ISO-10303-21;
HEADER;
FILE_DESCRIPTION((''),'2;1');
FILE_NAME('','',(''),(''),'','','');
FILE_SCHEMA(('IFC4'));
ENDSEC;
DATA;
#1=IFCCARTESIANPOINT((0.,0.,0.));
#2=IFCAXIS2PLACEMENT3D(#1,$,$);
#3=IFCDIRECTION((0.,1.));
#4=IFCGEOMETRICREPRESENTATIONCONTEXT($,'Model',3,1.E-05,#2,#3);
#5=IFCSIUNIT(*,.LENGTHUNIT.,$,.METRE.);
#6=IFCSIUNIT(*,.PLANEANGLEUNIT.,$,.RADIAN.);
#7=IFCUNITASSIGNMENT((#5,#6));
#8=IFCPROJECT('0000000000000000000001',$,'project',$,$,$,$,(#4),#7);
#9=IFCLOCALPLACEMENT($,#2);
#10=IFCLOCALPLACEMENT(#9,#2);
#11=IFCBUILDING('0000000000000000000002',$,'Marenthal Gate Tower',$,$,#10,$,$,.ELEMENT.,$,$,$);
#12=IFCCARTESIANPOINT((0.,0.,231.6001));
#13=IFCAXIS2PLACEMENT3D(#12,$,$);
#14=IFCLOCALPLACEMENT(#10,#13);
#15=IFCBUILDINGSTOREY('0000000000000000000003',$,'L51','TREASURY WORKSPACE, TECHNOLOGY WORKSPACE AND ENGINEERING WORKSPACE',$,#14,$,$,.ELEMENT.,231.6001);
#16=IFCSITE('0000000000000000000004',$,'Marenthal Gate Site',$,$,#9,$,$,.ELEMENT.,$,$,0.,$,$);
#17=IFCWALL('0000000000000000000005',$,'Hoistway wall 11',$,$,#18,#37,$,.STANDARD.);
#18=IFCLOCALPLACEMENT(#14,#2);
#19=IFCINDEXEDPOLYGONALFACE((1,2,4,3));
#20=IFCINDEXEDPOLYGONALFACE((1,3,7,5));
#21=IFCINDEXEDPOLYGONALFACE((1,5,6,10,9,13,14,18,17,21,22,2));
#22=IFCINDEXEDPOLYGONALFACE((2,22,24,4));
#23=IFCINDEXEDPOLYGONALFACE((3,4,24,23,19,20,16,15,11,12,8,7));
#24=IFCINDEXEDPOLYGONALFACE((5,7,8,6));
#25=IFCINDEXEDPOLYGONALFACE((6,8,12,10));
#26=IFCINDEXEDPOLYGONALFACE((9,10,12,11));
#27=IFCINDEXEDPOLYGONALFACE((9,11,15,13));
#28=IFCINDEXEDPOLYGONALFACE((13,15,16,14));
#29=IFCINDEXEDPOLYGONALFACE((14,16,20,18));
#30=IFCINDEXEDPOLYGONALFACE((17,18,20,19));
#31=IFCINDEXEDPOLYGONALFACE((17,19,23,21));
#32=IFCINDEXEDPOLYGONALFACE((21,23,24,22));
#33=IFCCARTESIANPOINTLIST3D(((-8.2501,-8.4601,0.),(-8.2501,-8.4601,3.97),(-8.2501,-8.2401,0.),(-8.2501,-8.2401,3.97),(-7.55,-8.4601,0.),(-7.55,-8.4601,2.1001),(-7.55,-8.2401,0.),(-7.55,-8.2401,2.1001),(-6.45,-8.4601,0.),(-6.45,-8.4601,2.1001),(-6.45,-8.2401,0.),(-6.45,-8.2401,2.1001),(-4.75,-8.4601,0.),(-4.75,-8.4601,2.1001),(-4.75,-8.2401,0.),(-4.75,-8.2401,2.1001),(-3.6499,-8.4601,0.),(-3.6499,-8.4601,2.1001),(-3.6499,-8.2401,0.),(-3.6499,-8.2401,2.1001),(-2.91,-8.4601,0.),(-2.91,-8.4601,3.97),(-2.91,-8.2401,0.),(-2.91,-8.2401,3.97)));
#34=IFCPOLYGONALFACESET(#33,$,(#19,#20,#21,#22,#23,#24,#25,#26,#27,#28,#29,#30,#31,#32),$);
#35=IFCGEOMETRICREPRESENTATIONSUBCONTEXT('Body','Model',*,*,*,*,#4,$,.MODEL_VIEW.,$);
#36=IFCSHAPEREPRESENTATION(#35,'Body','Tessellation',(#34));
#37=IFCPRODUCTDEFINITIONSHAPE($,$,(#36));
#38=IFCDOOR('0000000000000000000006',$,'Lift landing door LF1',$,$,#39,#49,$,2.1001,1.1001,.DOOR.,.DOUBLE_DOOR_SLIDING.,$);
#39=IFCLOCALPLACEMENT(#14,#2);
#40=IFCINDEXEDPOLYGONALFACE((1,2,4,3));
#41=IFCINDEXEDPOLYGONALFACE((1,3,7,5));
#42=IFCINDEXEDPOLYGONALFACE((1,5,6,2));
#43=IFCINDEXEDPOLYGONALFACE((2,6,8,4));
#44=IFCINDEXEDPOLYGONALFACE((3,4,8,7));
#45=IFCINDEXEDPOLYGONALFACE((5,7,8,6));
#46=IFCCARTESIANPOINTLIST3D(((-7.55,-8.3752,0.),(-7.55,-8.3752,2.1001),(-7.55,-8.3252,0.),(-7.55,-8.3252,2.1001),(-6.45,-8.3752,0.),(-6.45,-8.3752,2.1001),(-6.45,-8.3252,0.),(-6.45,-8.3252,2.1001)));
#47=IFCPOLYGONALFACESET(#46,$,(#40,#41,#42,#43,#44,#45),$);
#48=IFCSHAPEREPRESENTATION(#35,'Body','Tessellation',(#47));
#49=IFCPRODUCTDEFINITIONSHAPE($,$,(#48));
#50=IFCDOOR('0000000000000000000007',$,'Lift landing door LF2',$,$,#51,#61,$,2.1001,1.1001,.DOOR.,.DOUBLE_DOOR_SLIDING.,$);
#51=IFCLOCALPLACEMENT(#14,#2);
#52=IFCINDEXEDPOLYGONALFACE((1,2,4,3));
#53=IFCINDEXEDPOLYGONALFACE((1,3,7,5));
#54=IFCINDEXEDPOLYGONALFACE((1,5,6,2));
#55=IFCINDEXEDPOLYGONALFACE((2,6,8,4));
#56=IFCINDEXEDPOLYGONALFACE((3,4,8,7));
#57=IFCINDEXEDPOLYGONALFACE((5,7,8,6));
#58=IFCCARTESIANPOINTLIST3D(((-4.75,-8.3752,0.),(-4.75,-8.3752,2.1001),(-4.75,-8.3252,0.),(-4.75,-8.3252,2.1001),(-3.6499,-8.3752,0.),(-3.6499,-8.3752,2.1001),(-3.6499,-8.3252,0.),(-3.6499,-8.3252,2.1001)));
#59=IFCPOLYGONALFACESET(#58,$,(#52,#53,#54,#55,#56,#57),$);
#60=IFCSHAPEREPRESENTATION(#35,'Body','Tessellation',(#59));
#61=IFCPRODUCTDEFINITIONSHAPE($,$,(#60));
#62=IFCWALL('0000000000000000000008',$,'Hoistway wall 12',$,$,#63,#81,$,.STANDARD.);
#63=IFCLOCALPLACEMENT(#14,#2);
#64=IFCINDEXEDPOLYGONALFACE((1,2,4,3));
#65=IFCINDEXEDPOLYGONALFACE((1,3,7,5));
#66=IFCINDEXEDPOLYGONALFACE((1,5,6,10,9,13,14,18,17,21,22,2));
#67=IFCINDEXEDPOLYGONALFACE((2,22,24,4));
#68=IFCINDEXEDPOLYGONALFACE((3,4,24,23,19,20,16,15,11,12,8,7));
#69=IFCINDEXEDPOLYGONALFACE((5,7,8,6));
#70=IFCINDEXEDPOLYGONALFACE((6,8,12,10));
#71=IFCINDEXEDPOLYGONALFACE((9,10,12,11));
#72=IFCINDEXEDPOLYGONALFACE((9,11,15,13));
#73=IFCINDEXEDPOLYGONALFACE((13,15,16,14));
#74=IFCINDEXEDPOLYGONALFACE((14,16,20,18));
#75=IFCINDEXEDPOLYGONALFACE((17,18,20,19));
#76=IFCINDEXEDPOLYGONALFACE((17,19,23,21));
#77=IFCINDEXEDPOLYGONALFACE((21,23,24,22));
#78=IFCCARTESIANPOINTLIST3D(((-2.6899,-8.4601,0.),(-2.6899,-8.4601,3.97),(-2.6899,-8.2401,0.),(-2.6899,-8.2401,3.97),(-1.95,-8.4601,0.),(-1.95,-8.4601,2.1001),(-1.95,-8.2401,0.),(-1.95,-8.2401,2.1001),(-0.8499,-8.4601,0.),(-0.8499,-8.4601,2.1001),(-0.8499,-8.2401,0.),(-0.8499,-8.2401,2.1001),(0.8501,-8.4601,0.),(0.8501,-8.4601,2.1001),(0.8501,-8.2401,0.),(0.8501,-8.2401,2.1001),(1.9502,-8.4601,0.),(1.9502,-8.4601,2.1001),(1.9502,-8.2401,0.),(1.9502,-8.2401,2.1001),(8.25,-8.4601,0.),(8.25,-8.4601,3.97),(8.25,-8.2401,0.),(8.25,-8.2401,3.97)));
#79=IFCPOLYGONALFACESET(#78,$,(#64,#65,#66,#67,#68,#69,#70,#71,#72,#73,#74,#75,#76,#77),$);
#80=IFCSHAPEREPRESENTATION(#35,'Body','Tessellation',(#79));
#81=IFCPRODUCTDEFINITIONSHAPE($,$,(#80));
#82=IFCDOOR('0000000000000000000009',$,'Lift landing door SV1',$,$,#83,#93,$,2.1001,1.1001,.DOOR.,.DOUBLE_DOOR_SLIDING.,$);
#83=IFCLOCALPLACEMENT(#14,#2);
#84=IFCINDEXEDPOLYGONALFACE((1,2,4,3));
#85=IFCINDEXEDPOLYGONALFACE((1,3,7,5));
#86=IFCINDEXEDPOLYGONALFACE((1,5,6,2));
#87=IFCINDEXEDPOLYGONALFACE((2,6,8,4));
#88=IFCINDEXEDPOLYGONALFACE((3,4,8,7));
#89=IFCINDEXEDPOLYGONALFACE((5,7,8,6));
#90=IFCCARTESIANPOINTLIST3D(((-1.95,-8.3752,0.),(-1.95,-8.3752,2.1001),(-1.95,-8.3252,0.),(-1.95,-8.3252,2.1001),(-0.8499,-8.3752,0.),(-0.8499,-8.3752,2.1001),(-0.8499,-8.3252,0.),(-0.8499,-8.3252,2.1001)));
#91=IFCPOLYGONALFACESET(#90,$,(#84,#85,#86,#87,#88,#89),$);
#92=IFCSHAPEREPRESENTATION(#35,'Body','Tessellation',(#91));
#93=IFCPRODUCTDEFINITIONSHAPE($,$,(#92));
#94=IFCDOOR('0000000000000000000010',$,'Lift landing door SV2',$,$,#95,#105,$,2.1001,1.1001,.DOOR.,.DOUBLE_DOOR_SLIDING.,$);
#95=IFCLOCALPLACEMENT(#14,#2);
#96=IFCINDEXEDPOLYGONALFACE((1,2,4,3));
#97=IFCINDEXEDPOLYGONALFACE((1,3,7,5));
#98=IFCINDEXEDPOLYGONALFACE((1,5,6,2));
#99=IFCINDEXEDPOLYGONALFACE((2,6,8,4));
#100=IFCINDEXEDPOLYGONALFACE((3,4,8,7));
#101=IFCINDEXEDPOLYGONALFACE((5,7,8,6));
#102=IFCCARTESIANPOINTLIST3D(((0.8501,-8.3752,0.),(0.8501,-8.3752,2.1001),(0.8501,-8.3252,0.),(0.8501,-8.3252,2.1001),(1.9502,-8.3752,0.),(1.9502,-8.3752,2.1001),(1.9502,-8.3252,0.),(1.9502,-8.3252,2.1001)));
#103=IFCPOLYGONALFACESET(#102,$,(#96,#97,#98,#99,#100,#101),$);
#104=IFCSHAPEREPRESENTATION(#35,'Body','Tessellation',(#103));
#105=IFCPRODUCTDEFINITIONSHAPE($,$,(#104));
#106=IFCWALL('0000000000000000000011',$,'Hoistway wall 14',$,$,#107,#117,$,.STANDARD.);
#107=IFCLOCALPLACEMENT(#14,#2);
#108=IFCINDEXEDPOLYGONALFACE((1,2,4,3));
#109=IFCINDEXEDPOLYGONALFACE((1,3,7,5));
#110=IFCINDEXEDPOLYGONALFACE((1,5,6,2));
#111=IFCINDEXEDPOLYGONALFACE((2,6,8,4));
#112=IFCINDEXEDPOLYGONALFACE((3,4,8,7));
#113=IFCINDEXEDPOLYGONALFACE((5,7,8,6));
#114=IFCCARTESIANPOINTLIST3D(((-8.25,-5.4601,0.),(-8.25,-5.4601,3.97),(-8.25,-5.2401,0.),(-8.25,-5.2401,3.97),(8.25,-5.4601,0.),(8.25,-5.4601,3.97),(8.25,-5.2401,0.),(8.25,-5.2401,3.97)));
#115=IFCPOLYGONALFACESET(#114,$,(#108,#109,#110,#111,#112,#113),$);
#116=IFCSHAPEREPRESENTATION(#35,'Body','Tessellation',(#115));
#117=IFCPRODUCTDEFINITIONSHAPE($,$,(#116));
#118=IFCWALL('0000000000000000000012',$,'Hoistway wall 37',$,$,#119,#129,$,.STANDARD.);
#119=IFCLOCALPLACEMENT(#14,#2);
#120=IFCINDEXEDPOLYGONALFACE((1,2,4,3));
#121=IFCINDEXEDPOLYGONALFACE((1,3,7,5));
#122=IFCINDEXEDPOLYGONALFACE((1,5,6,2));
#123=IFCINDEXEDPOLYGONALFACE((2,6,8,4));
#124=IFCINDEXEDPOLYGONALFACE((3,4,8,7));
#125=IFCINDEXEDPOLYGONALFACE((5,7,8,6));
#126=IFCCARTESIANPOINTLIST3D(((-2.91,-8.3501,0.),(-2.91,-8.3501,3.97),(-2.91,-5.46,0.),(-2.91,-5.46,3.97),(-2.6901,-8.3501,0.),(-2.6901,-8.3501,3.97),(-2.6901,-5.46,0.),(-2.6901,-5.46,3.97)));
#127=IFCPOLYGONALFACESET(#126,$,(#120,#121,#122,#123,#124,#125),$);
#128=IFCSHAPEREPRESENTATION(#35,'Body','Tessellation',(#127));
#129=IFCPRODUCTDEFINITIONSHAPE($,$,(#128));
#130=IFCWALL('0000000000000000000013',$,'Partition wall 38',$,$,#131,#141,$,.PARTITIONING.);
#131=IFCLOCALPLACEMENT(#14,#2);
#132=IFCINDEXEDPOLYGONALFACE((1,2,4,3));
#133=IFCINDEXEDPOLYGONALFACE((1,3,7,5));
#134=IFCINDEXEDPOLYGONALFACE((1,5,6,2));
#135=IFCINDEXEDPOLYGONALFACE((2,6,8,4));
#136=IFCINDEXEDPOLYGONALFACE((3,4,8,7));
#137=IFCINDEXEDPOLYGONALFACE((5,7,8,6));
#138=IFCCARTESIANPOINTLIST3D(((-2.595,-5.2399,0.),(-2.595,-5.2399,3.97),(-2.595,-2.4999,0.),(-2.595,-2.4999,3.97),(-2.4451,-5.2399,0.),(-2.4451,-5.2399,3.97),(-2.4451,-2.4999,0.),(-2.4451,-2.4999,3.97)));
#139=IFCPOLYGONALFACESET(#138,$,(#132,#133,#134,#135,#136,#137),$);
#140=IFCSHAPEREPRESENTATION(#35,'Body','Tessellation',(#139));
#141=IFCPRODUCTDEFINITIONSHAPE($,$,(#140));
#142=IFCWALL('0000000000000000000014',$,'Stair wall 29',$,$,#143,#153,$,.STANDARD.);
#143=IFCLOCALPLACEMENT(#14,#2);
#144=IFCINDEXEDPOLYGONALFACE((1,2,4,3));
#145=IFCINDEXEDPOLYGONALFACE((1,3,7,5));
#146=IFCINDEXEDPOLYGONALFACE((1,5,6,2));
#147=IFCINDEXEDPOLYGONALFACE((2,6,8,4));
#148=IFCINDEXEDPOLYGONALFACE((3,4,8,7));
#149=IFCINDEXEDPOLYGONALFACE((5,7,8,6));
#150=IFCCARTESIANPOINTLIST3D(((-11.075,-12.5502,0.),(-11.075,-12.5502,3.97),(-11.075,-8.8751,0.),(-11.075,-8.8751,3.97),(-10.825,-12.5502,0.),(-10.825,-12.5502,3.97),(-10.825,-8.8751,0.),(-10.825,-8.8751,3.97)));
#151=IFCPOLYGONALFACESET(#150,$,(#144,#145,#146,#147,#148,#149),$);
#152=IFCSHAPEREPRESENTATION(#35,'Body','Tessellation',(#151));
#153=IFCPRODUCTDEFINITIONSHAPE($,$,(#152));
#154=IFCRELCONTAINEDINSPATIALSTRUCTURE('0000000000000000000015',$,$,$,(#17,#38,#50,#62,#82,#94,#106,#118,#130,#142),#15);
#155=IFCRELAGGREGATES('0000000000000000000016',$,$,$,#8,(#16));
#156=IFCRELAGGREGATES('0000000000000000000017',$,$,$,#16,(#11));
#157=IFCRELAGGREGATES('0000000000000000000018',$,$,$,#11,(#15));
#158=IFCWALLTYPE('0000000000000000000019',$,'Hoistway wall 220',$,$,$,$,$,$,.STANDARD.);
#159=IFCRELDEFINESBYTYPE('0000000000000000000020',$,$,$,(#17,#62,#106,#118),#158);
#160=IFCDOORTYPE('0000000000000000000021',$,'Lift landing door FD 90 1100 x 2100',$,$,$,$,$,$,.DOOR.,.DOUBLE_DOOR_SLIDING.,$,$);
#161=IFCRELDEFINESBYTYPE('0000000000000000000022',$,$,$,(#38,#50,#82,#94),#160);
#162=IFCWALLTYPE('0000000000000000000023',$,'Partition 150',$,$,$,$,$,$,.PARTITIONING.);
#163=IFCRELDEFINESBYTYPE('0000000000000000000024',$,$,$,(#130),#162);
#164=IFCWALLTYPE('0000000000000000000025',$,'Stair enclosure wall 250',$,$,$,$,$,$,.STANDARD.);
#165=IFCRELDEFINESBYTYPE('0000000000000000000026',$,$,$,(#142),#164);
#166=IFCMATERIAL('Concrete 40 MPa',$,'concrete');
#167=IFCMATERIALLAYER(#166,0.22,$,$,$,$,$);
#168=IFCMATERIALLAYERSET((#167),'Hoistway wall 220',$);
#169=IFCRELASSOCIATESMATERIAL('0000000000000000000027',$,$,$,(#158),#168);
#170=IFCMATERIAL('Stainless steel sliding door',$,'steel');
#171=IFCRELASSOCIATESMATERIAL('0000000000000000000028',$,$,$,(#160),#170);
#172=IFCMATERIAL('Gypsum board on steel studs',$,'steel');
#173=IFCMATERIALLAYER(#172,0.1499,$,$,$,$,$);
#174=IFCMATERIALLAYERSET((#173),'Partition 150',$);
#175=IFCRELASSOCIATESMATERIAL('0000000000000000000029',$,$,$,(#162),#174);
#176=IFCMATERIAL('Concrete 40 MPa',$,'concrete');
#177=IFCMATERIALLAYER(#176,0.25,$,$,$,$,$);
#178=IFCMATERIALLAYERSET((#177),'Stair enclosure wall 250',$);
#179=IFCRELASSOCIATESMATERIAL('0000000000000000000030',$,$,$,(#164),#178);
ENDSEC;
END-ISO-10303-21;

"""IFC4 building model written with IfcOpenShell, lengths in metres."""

from ifc_helpers import new_model, si_unit, direction, frame, frame_2d, origin, place, context, subcontext, project, spatial, rectangle, extrude, material, layer, layer_set, type_object, element, fill, save


model = new_model("IFC4")

# Units and contexts
model_context = context("Model", 3, precision=1e-05, world=origin(), true_north=direction((0.0, 1.0)))
body_context = subcontext(model_context, "Body", "Model", "MODEL_VIEW")
ifc_project = project(units=[si_unit("LENGTHUNIT", "METRE"), si_unit("PLANEANGLEUNIT", "RADIAN")], contexts=[model_context])

# Site, building, storey
site_placement = place(None, origin())
site = spatial("IfcSite", under=ifc_project, at=site_placement, Name="Marenthal Gate Site", CompositionType="ELEMENT", RefElevation=0.0)
building_placement = place(site_placement, origin())
building = spatial("IfcBuilding", under=site, at=building_placement, Name="Marenthal Gate Tower", CompositionType="ELEMENT")
storey_placement = place(building_placement, frame((0.0, 0.0, 231.6001)))
storey = spatial("IfcBuildingStorey", under=building, at=storey_placement, Name="L51", Description="TREASURY WORKSPACE, TECHNOLOGY WORKSPACE AND ENGINEERING WORKSPACE", CompositionType="ELEMENT", Elevation=231.6001)

# Walls, openings, doors
ifc_material_1 = material(Name="Concrete 40 MPa", Category="concrete")
ifc_layer_1 = layer(ifc_material_1, 0.22)
ifc_layer_set_1 = layer_set([ifc_layer_1], Name="Hoistway wall 220")
wall_type_1 = type_object("IfcWallType", Name="Hoistway wall 220", PredefinedType="STANDARD", material=ifc_layer_set_1)
wall_1_placement = place(storey_placement, frame((-8.25, -8.3501, 0.0), z_axis=(0.0, 0.0, 1.0), x_axis=(1.0, 0.0, 0.0)))
wall_1 = element("IfcWall", 1, at=wall_1_placement, inside=storey, type_object=wall_type_1, Name="Hoistway wall 11", PredefinedType="STANDARD", context=body_context, shape_type="SweptSolid", body=[
    extrude(rectangle(XDim=5.3401, YDim=0.22, at=frame_2d((2.6699, 0.0))), origin(), (0.0, 0.0, 1.0), 3.97),
])
opening_1_placement = place(wall_1_placement, frame((0.7, 0.0, 0.0)))
opening_1 = element("IfcOpeningElement", 2, at=opening_1_placement, cuts=wall_1, PredefinedType="OPENING", context=body_context, shape_type="SweptSolid", body=[
    extrude(rectangle(XDim=1.1001, YDim=2.1001, at=frame_2d((0.55, 1.05))), frame((0.0, 0.1201, 0.0), z_axis=(0.0, -1.0, 0.0), x_axis=(1.0, 0.0, 0.0)), (0.0, 0.0, 1.0), 0.24),
])
opening_2_placement = place(wall_1_placement, frame((3.5, 0.0, 0.0)))
opening_2 = element("IfcOpeningElement", 3, at=opening_2_placement, cuts=wall_1, PredefinedType="OPENING", context=body_context, shape_type="SweptSolid", body=[
    extrude(rectangle(XDim=1.1001, YDim=2.1001, at=frame_2d((0.55, 1.05))), frame((0.0, 0.1201, 0.0), z_axis=(0.0, -1.0, 0.0), x_axis=(1.0, 0.0, 0.0)), (0.0, 0.0, 1.0), 0.24),
])
ifc_material_2 = material(Name="Stainless steel sliding door", Category="steel")
door_type_1 = type_object("IfcDoorType", Name="Lift landing door FD 90 1100 x 2100", OperationType="DOUBLE_DOOR_SLIDING", PredefinedType="DOOR", material=ifc_material_2)
door_1_placement = place(opening_1_placement, origin())
door_1 = element("IfcDoor", 4, at=door_1_placement, inside=storey, type_object=door_type_1, Name="Lift landing door LF1", OperationType="DOUBLE_DOOR_SLIDING", OverallHeight=2.1001, OverallWidth=1.1001, PredefinedType="DOOR", context=body_context, shape_type="SweptSolid", body=[
    extrude(rectangle(XDim=1.1001, YDim=2.1001, at=frame_2d((0.55, 1.05))), frame((0.0, 0.0249, 0.0), z_axis=(0.0, -1.0, 0.0), x_axis=(1.0, 0.0, 0.0)), (0.0, 0.0, 1.0), 0.05),
])
fill(opening_1, door_1)
door_2_placement = place(opening_2_placement, origin())
door_2 = element("IfcDoor", 5, at=door_2_placement, inside=storey, type_object=door_type_1, Name="Lift landing door LF2", OperationType="DOUBLE_DOOR_SLIDING", OverallHeight=2.1001, OverallWidth=1.1001, PredefinedType="DOOR", context=body_context, shape_type="SweptSolid", body=[
    extrude(rectangle(XDim=1.1001, YDim=2.1001, at=frame_2d((0.55, 1.05))), frame((0.0, 0.0249, 0.0), z_axis=(0.0, -1.0, 0.0), x_axis=(1.0, 0.0, 0.0)), (0.0, 0.0, 1.0), 0.05),
])
fill(opening_2, door_2)
wall_2_placement = place(storey_placement, frame((-2.6899, -8.3501, 0.0), z_axis=(0.0, 0.0, 1.0), x_axis=(1.0, 0.0, 0.0)))
wall_2 = element("IfcWall", 6, at=wall_2_placement, inside=storey, type_object=wall_type_1, Name="Hoistway wall 12", PredefinedType="STANDARD", context=body_context, shape_type="SweptSolid", body=[
    extrude(rectangle(XDim=10.9399, YDim=0.22, at=frame_2d((5.47, 0.0))), origin(), (0.0, 0.0, 1.0), 3.97),
])
opening_3_placement = place(wall_2_placement, frame((0.74, 0.0, 0.0)))
opening_3 = element("IfcOpeningElement", 7, at=opening_3_placement, cuts=wall_2, PredefinedType="OPENING", context=body_context, shape_type="SweptSolid", body=[
    extrude(rectangle(XDim=1.1001, YDim=2.1001, at=frame_2d((0.55, 1.05))), frame((0.0, 0.1201, 0.0), z_axis=(0.0, -1.0, 0.0), x_axis=(1.0, 0.0, 0.0)), (0.0, 0.0, 1.0), 0.24),
])
opening_4_placement = place(wall_2_placement, frame((3.54, 0.0, 0.0)))
opening_4 = element("IfcOpeningElement", 8, at=opening_4_placement, cuts=wall_2, PredefinedType="OPENING", context=body_context, shape_type="SweptSolid", body=[
    extrude(rectangle(XDim=1.1001, YDim=2.1001, at=frame_2d((0.55, 1.05))), frame((0.0, 0.1201, 0.0), z_axis=(0.0, -1.0, 0.0), x_axis=(1.0, 0.0, 0.0)), (0.0, 0.0, 1.0), 0.24),
])
door_3_placement = place(opening_3_placement, origin())
door_3 = element("IfcDoor", 9, at=door_3_placement, inside=storey, type_object=door_type_1, Name="Lift landing door SV1", OperationType="DOUBLE_DOOR_SLIDING", OverallHeight=2.1001, OverallWidth=1.1001, PredefinedType="DOOR", context=body_context, shape_type="SweptSolid", body=[
    extrude(rectangle(XDim=1.1001, YDim=2.1001, at=frame_2d((0.55, 1.05))), frame((0.0, 0.0249, 0.0), z_axis=(0.0, -1.0, 0.0), x_axis=(1.0, 0.0, 0.0)), (0.0, 0.0, 1.0), 0.05),
])
fill(opening_3, door_3)
door_4_placement = place(opening_4_placement, origin())
door_4 = element("IfcDoor", 10, at=door_4_placement, inside=storey, type_object=door_type_1, Name="Lift landing door SV2", OperationType="DOUBLE_DOOR_SLIDING", OverallHeight=2.1001, OverallWidth=1.1001, PredefinedType="DOOR", context=body_context, shape_type="SweptSolid", body=[
    extrude(rectangle(XDim=1.1001, YDim=2.1001, at=frame_2d((0.55, 1.05))), frame((0.0, 0.0249, 0.0), z_axis=(0.0, -1.0, 0.0), x_axis=(1.0, 0.0, 0.0)), (0.0, 0.0, 1.0), 0.05),
])
fill(opening_4, door_4)

# Walls
wall_3_placement = place(storey_placement, frame((-8.25, -5.3501, 0.0), z_axis=(0.0, 0.0, 1.0), x_axis=(1.0, 0.0, 0.0)))
element("IfcWall", 11, at=wall_3_placement, inside=storey, type_object=wall_type_1, Name="Hoistway wall 14", PredefinedType="STANDARD", context=body_context, shape_type="SweptSolid", body=[
    extrude(rectangle(XDim=16.5, YDim=0.22, at=frame_2d((8.25, 0.0))), origin(), (0.0, 0.0, 1.0), 3.97),
])
wall_4_placement = place(storey_placement, frame((-2.8, -8.3501, 0.0), z_axis=(0.0, 0.0, 1.0), x_axis=(0.0, 1.0, 0.0)))
element("IfcWall", 12, at=wall_4_placement, inside=storey, type_object=wall_type_1, Name="Hoistway wall 37", PredefinedType="STANDARD", context=body_context, shape_type="SweptSolid", body=[
    extrude(rectangle(XDim=2.8901, YDim=0.22, at=frame_2d((1.4451, 0.0))), origin(), (0.0, 0.0, 1.0), 3.97),
])
ifc_material_3 = material(Name="Gypsum board on steel studs", Category="steel")
ifc_layer_2 = layer(ifc_material_3, 0.1499)
ifc_layer_set_2 = layer_set([ifc_layer_2], Name="Partition 150")
wall_type_2 = type_object("IfcWallType", Name="Partition 150", PredefinedType="PARTITIONING", material=ifc_layer_set_2)
wall_5_placement = place(storey_placement, frame((-2.52, -5.24, 0.0), z_axis=(0.0, 0.0, 1.0), x_axis=(0.0, 1.0, 0.0)))
element("IfcWall", 13, at=wall_5_placement, inside=storey, type_object=wall_type_2, Name="Partition wall 38", PredefinedType="PARTITIONING", context=body_context, shape_type="SweptSolid", body=[
    extrude(rectangle(XDim=2.74, YDim=0.1499, at=frame_2d((1.3701, 0.0))), origin(), (0.0, 0.0, 1.0), 3.97),
])
ifc_material_4 = material(Name="Concrete 40 MPa", Category="concrete")
ifc_layer_3 = layer(ifc_material_4, 0.25)
ifc_layer_set_3 = layer_set([ifc_layer_3], Name="Stair enclosure wall 250")
wall_type_3 = type_object("IfcWallType", Name="Stair enclosure wall 250", PredefinedType="STANDARD", material=ifc_layer_set_3)
wall_6_placement = place(storey_placement, frame((-10.95, -12.55, 0.0), z_axis=(0.0, 0.0, 1.0), x_axis=(0.0, 1.0, 0.0)))
element("IfcWall", 14, at=wall_6_placement, inside=storey, type_object=wall_type_3, Name="Stair wall 29", PredefinedType="STANDARD", context=body_context, shape_type="SweptSolid", body=[
    extrude(rectangle(XDim=3.675, YDim=0.25, at=frame_2d((1.8374, 0.0))), origin(), (0.0, 0.0, 1.0), 3.97),
])

save(model, "model.ifc")
